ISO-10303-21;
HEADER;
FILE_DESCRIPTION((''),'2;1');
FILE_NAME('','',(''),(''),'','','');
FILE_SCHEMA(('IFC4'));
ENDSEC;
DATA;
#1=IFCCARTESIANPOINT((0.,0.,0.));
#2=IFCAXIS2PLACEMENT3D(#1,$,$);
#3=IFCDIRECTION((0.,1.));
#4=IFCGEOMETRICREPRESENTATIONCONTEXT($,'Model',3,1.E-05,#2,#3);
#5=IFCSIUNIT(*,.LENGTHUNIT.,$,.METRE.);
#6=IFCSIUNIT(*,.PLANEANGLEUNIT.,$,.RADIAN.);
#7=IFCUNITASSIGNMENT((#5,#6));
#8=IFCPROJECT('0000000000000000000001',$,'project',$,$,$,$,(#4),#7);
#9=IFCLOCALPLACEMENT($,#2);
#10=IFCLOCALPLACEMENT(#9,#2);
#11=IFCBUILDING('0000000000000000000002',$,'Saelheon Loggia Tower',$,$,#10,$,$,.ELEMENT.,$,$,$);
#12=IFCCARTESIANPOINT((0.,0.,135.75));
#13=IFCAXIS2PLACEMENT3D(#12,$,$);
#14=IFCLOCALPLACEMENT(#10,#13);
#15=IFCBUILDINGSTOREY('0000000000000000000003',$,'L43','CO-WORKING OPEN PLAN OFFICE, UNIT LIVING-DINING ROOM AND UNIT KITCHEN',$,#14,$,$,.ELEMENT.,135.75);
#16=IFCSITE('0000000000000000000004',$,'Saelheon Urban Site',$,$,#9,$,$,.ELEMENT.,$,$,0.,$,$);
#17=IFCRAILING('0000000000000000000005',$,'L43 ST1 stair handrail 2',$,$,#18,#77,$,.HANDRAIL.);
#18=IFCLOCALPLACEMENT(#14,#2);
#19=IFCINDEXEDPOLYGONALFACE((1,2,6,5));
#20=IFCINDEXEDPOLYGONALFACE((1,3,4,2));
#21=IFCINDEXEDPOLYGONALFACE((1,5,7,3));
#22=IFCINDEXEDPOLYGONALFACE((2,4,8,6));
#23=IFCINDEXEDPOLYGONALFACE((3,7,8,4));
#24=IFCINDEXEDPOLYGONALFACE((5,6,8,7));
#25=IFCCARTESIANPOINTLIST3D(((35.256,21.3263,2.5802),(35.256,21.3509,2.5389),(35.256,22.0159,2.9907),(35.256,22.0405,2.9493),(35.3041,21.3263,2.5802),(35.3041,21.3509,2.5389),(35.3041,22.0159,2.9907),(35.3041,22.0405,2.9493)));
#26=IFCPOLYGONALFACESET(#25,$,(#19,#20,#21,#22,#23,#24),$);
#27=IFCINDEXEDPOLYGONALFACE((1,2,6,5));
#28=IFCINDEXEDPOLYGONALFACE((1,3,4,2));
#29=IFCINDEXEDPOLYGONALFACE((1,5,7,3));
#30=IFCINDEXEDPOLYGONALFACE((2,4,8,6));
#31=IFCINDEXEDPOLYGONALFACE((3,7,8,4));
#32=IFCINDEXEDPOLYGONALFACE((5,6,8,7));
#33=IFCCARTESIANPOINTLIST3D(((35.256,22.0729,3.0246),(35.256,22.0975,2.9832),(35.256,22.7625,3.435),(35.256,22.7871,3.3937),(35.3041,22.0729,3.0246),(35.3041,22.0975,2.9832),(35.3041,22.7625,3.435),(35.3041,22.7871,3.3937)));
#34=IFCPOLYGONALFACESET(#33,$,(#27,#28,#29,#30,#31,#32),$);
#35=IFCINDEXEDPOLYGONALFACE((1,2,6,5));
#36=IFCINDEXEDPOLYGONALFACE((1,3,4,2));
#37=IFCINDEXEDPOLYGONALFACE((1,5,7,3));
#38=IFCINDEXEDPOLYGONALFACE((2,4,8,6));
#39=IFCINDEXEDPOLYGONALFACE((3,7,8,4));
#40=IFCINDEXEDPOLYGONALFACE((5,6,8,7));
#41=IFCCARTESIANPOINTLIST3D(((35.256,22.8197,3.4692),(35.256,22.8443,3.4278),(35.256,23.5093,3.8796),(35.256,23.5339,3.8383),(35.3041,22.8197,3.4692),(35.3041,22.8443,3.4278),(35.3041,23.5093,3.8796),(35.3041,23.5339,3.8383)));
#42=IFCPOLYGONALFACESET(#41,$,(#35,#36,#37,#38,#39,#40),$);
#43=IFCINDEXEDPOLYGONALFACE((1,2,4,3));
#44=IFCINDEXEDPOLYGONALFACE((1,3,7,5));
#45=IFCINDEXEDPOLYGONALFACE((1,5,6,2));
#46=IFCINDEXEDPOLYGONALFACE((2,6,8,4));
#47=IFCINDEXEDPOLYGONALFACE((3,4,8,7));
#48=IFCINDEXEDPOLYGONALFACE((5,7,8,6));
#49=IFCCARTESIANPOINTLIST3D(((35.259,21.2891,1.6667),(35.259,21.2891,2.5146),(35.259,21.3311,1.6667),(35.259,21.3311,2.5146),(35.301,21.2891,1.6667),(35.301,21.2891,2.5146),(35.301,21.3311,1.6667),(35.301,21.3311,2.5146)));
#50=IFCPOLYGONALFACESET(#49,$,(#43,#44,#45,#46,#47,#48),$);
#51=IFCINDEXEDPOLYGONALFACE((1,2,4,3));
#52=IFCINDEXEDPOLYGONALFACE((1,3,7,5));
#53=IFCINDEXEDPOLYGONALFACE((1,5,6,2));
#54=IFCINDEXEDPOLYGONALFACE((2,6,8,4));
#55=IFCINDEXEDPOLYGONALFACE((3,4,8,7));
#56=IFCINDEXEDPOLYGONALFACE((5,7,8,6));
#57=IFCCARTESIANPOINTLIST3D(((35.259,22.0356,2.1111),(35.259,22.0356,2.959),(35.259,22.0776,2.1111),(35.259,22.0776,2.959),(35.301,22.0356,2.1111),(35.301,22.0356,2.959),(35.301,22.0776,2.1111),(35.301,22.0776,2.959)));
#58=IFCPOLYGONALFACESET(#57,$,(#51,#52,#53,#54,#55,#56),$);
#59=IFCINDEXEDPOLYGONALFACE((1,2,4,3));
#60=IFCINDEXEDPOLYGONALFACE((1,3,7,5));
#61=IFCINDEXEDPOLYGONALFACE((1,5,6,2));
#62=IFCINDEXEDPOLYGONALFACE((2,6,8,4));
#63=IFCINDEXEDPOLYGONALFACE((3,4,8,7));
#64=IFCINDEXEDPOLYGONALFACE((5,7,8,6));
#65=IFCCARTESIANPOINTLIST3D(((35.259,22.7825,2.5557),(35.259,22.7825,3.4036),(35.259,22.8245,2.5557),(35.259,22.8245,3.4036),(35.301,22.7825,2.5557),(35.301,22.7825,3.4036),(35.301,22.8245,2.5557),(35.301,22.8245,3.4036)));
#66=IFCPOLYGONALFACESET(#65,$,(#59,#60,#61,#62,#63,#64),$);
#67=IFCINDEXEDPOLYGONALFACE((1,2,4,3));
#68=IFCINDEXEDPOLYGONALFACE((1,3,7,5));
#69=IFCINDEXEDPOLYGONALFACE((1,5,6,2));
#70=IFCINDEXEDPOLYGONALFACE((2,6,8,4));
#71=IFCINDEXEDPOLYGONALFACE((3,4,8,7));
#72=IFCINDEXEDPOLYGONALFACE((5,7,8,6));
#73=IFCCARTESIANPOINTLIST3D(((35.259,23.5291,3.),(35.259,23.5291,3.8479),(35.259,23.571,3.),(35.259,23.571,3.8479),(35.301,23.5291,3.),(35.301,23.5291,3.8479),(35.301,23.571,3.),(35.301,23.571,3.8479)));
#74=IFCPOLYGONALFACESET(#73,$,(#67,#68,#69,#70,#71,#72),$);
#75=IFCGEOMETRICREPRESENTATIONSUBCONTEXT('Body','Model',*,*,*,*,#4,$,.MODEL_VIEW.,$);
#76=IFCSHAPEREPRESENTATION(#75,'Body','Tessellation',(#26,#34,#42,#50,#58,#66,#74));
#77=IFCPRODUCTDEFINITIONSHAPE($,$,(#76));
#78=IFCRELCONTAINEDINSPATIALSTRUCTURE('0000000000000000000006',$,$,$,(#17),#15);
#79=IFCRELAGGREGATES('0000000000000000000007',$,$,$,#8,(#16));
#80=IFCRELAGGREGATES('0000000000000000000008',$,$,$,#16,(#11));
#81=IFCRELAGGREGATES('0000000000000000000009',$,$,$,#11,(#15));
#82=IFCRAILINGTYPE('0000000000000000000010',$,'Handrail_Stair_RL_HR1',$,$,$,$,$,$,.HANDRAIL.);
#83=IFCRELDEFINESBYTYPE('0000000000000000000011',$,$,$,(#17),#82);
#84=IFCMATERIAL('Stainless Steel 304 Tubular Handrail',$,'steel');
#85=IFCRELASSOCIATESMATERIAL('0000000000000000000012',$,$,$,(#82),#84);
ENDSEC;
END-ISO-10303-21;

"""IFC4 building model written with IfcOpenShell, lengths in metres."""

from ifc_helpers import new_model, si_unit, direction, frame, origin, origin_2d, place, context, subcontext, project, spatial, rectangle, extrude, material, type_object, element, save


model = new_model("IFC4")

# Units and contexts
model_context = context("Model", 3, precision=1e-05, world=origin(), true_north=direction((0.0, 1.0)))
body_context = subcontext(model_context, "Body", "Model", "MODEL_VIEW")
ifc_project = project(units=[si_unit("LENGTHUNIT", "METRE"), si_unit("PLANEANGLEUNIT", "RADIAN")], contexts=[model_context])

# Site, building, storey
site_placement = place(None, origin())
site = spatial("IfcSite", under=ifc_project, at=site_placement, Name="Saelheon Urban Site", CompositionType="ELEMENT", RefElevation=0.0)
building_placement = place(site_placement, origin())
building = spatial("IfcBuilding", under=site, at=building_placement, Name="Saelheon Loggia Tower", CompositionType="ELEMENT")
storey_placement = place(building_placement, frame((0.0, 0.0, 135.75)))
storey = spatial("IfcBuildingStorey", under=building, at=storey_placement, Name="L43", Description="CO-WORKING OPEN PLAN OFFICE, UNIT LIVING-DINING ROOM AND UNIT KITCHEN", CompositionType="ELEMENT", Elevation=135.75)

# Railing
ifc_material_1 = material(Name="Stainless Steel 304 Tubular Handrail", Category="steel")
railing_type_1 = type_object("IfcRailingType", Name="Handrail_Stair_RL_HR1", PredefinedType="HANDRAIL", material=ifc_material_1)
railing_1_placement = place(storey_placement, frame((35.28, 21.3101, 1.6667)))
element("IfcRailing", 1, at=railing_1_placement, inside=storey, type_object=railing_type_1, Name="L43 ST1 stair handrail 2", PredefinedType="HANDRAIL", context=body_context, shape_type="SweptSolid", body=[
    extrude(rectangle(XDim=0.0481, YDim=0.0481, at=origin_2d()), frame((0.0, 0.0286, 0.8928), z_axis=(0.0, 0.859306, 0.511462), x_axis=(-1.0, 0.0, 0.0)), (0.0, 0.0, 1.0), 0.8025),
    extrude(rectangle(XDim=0.0481, YDim=0.0481, at=origin_2d()), frame((0.0, 0.7751, 1.3372), z_axis=(0.0, 0.859306, 0.511462), x_axis=(-1.0, 0.0, 0.0)), (0.0, 0.0, 1.0), 0.8025),
    extrude(rectangle(XDim=0.0481, YDim=0.0481, at=origin_2d()), frame((0.0, 1.522, 1.7817), z_axis=(0.0, 0.859306, 0.511462), x_axis=(-1.0, 0.0, 0.0)), (0.0, 0.0, 1.0), 0.8025),
    extrude(rectangle(XDim=0.042, YDim=0.042, at=origin_2d()), origin(), (0.0, 0.0, 1.0), 0.8479),
    extrude(rectangle(XDim=0.042, YDim=0.042, at=origin_2d()), frame((0.0, 0.7466, 0.4443)), (0.0, 0.0, 1.0), 0.8479),
    extrude(rectangle(XDim=0.042, YDim=0.042, at=origin_2d()), frame((0.0, 1.4934, 0.8889)), (0.0, 0.0, 1.0), 0.8479),
    extrude(rectangle(XDim=0.042, YDim=0.042, at=origin_2d()), frame((0.0, 2.24, 1.3333)), (0.0, 0.0, 1.0), 0.8479),
])

save(model, "model.ifc")
